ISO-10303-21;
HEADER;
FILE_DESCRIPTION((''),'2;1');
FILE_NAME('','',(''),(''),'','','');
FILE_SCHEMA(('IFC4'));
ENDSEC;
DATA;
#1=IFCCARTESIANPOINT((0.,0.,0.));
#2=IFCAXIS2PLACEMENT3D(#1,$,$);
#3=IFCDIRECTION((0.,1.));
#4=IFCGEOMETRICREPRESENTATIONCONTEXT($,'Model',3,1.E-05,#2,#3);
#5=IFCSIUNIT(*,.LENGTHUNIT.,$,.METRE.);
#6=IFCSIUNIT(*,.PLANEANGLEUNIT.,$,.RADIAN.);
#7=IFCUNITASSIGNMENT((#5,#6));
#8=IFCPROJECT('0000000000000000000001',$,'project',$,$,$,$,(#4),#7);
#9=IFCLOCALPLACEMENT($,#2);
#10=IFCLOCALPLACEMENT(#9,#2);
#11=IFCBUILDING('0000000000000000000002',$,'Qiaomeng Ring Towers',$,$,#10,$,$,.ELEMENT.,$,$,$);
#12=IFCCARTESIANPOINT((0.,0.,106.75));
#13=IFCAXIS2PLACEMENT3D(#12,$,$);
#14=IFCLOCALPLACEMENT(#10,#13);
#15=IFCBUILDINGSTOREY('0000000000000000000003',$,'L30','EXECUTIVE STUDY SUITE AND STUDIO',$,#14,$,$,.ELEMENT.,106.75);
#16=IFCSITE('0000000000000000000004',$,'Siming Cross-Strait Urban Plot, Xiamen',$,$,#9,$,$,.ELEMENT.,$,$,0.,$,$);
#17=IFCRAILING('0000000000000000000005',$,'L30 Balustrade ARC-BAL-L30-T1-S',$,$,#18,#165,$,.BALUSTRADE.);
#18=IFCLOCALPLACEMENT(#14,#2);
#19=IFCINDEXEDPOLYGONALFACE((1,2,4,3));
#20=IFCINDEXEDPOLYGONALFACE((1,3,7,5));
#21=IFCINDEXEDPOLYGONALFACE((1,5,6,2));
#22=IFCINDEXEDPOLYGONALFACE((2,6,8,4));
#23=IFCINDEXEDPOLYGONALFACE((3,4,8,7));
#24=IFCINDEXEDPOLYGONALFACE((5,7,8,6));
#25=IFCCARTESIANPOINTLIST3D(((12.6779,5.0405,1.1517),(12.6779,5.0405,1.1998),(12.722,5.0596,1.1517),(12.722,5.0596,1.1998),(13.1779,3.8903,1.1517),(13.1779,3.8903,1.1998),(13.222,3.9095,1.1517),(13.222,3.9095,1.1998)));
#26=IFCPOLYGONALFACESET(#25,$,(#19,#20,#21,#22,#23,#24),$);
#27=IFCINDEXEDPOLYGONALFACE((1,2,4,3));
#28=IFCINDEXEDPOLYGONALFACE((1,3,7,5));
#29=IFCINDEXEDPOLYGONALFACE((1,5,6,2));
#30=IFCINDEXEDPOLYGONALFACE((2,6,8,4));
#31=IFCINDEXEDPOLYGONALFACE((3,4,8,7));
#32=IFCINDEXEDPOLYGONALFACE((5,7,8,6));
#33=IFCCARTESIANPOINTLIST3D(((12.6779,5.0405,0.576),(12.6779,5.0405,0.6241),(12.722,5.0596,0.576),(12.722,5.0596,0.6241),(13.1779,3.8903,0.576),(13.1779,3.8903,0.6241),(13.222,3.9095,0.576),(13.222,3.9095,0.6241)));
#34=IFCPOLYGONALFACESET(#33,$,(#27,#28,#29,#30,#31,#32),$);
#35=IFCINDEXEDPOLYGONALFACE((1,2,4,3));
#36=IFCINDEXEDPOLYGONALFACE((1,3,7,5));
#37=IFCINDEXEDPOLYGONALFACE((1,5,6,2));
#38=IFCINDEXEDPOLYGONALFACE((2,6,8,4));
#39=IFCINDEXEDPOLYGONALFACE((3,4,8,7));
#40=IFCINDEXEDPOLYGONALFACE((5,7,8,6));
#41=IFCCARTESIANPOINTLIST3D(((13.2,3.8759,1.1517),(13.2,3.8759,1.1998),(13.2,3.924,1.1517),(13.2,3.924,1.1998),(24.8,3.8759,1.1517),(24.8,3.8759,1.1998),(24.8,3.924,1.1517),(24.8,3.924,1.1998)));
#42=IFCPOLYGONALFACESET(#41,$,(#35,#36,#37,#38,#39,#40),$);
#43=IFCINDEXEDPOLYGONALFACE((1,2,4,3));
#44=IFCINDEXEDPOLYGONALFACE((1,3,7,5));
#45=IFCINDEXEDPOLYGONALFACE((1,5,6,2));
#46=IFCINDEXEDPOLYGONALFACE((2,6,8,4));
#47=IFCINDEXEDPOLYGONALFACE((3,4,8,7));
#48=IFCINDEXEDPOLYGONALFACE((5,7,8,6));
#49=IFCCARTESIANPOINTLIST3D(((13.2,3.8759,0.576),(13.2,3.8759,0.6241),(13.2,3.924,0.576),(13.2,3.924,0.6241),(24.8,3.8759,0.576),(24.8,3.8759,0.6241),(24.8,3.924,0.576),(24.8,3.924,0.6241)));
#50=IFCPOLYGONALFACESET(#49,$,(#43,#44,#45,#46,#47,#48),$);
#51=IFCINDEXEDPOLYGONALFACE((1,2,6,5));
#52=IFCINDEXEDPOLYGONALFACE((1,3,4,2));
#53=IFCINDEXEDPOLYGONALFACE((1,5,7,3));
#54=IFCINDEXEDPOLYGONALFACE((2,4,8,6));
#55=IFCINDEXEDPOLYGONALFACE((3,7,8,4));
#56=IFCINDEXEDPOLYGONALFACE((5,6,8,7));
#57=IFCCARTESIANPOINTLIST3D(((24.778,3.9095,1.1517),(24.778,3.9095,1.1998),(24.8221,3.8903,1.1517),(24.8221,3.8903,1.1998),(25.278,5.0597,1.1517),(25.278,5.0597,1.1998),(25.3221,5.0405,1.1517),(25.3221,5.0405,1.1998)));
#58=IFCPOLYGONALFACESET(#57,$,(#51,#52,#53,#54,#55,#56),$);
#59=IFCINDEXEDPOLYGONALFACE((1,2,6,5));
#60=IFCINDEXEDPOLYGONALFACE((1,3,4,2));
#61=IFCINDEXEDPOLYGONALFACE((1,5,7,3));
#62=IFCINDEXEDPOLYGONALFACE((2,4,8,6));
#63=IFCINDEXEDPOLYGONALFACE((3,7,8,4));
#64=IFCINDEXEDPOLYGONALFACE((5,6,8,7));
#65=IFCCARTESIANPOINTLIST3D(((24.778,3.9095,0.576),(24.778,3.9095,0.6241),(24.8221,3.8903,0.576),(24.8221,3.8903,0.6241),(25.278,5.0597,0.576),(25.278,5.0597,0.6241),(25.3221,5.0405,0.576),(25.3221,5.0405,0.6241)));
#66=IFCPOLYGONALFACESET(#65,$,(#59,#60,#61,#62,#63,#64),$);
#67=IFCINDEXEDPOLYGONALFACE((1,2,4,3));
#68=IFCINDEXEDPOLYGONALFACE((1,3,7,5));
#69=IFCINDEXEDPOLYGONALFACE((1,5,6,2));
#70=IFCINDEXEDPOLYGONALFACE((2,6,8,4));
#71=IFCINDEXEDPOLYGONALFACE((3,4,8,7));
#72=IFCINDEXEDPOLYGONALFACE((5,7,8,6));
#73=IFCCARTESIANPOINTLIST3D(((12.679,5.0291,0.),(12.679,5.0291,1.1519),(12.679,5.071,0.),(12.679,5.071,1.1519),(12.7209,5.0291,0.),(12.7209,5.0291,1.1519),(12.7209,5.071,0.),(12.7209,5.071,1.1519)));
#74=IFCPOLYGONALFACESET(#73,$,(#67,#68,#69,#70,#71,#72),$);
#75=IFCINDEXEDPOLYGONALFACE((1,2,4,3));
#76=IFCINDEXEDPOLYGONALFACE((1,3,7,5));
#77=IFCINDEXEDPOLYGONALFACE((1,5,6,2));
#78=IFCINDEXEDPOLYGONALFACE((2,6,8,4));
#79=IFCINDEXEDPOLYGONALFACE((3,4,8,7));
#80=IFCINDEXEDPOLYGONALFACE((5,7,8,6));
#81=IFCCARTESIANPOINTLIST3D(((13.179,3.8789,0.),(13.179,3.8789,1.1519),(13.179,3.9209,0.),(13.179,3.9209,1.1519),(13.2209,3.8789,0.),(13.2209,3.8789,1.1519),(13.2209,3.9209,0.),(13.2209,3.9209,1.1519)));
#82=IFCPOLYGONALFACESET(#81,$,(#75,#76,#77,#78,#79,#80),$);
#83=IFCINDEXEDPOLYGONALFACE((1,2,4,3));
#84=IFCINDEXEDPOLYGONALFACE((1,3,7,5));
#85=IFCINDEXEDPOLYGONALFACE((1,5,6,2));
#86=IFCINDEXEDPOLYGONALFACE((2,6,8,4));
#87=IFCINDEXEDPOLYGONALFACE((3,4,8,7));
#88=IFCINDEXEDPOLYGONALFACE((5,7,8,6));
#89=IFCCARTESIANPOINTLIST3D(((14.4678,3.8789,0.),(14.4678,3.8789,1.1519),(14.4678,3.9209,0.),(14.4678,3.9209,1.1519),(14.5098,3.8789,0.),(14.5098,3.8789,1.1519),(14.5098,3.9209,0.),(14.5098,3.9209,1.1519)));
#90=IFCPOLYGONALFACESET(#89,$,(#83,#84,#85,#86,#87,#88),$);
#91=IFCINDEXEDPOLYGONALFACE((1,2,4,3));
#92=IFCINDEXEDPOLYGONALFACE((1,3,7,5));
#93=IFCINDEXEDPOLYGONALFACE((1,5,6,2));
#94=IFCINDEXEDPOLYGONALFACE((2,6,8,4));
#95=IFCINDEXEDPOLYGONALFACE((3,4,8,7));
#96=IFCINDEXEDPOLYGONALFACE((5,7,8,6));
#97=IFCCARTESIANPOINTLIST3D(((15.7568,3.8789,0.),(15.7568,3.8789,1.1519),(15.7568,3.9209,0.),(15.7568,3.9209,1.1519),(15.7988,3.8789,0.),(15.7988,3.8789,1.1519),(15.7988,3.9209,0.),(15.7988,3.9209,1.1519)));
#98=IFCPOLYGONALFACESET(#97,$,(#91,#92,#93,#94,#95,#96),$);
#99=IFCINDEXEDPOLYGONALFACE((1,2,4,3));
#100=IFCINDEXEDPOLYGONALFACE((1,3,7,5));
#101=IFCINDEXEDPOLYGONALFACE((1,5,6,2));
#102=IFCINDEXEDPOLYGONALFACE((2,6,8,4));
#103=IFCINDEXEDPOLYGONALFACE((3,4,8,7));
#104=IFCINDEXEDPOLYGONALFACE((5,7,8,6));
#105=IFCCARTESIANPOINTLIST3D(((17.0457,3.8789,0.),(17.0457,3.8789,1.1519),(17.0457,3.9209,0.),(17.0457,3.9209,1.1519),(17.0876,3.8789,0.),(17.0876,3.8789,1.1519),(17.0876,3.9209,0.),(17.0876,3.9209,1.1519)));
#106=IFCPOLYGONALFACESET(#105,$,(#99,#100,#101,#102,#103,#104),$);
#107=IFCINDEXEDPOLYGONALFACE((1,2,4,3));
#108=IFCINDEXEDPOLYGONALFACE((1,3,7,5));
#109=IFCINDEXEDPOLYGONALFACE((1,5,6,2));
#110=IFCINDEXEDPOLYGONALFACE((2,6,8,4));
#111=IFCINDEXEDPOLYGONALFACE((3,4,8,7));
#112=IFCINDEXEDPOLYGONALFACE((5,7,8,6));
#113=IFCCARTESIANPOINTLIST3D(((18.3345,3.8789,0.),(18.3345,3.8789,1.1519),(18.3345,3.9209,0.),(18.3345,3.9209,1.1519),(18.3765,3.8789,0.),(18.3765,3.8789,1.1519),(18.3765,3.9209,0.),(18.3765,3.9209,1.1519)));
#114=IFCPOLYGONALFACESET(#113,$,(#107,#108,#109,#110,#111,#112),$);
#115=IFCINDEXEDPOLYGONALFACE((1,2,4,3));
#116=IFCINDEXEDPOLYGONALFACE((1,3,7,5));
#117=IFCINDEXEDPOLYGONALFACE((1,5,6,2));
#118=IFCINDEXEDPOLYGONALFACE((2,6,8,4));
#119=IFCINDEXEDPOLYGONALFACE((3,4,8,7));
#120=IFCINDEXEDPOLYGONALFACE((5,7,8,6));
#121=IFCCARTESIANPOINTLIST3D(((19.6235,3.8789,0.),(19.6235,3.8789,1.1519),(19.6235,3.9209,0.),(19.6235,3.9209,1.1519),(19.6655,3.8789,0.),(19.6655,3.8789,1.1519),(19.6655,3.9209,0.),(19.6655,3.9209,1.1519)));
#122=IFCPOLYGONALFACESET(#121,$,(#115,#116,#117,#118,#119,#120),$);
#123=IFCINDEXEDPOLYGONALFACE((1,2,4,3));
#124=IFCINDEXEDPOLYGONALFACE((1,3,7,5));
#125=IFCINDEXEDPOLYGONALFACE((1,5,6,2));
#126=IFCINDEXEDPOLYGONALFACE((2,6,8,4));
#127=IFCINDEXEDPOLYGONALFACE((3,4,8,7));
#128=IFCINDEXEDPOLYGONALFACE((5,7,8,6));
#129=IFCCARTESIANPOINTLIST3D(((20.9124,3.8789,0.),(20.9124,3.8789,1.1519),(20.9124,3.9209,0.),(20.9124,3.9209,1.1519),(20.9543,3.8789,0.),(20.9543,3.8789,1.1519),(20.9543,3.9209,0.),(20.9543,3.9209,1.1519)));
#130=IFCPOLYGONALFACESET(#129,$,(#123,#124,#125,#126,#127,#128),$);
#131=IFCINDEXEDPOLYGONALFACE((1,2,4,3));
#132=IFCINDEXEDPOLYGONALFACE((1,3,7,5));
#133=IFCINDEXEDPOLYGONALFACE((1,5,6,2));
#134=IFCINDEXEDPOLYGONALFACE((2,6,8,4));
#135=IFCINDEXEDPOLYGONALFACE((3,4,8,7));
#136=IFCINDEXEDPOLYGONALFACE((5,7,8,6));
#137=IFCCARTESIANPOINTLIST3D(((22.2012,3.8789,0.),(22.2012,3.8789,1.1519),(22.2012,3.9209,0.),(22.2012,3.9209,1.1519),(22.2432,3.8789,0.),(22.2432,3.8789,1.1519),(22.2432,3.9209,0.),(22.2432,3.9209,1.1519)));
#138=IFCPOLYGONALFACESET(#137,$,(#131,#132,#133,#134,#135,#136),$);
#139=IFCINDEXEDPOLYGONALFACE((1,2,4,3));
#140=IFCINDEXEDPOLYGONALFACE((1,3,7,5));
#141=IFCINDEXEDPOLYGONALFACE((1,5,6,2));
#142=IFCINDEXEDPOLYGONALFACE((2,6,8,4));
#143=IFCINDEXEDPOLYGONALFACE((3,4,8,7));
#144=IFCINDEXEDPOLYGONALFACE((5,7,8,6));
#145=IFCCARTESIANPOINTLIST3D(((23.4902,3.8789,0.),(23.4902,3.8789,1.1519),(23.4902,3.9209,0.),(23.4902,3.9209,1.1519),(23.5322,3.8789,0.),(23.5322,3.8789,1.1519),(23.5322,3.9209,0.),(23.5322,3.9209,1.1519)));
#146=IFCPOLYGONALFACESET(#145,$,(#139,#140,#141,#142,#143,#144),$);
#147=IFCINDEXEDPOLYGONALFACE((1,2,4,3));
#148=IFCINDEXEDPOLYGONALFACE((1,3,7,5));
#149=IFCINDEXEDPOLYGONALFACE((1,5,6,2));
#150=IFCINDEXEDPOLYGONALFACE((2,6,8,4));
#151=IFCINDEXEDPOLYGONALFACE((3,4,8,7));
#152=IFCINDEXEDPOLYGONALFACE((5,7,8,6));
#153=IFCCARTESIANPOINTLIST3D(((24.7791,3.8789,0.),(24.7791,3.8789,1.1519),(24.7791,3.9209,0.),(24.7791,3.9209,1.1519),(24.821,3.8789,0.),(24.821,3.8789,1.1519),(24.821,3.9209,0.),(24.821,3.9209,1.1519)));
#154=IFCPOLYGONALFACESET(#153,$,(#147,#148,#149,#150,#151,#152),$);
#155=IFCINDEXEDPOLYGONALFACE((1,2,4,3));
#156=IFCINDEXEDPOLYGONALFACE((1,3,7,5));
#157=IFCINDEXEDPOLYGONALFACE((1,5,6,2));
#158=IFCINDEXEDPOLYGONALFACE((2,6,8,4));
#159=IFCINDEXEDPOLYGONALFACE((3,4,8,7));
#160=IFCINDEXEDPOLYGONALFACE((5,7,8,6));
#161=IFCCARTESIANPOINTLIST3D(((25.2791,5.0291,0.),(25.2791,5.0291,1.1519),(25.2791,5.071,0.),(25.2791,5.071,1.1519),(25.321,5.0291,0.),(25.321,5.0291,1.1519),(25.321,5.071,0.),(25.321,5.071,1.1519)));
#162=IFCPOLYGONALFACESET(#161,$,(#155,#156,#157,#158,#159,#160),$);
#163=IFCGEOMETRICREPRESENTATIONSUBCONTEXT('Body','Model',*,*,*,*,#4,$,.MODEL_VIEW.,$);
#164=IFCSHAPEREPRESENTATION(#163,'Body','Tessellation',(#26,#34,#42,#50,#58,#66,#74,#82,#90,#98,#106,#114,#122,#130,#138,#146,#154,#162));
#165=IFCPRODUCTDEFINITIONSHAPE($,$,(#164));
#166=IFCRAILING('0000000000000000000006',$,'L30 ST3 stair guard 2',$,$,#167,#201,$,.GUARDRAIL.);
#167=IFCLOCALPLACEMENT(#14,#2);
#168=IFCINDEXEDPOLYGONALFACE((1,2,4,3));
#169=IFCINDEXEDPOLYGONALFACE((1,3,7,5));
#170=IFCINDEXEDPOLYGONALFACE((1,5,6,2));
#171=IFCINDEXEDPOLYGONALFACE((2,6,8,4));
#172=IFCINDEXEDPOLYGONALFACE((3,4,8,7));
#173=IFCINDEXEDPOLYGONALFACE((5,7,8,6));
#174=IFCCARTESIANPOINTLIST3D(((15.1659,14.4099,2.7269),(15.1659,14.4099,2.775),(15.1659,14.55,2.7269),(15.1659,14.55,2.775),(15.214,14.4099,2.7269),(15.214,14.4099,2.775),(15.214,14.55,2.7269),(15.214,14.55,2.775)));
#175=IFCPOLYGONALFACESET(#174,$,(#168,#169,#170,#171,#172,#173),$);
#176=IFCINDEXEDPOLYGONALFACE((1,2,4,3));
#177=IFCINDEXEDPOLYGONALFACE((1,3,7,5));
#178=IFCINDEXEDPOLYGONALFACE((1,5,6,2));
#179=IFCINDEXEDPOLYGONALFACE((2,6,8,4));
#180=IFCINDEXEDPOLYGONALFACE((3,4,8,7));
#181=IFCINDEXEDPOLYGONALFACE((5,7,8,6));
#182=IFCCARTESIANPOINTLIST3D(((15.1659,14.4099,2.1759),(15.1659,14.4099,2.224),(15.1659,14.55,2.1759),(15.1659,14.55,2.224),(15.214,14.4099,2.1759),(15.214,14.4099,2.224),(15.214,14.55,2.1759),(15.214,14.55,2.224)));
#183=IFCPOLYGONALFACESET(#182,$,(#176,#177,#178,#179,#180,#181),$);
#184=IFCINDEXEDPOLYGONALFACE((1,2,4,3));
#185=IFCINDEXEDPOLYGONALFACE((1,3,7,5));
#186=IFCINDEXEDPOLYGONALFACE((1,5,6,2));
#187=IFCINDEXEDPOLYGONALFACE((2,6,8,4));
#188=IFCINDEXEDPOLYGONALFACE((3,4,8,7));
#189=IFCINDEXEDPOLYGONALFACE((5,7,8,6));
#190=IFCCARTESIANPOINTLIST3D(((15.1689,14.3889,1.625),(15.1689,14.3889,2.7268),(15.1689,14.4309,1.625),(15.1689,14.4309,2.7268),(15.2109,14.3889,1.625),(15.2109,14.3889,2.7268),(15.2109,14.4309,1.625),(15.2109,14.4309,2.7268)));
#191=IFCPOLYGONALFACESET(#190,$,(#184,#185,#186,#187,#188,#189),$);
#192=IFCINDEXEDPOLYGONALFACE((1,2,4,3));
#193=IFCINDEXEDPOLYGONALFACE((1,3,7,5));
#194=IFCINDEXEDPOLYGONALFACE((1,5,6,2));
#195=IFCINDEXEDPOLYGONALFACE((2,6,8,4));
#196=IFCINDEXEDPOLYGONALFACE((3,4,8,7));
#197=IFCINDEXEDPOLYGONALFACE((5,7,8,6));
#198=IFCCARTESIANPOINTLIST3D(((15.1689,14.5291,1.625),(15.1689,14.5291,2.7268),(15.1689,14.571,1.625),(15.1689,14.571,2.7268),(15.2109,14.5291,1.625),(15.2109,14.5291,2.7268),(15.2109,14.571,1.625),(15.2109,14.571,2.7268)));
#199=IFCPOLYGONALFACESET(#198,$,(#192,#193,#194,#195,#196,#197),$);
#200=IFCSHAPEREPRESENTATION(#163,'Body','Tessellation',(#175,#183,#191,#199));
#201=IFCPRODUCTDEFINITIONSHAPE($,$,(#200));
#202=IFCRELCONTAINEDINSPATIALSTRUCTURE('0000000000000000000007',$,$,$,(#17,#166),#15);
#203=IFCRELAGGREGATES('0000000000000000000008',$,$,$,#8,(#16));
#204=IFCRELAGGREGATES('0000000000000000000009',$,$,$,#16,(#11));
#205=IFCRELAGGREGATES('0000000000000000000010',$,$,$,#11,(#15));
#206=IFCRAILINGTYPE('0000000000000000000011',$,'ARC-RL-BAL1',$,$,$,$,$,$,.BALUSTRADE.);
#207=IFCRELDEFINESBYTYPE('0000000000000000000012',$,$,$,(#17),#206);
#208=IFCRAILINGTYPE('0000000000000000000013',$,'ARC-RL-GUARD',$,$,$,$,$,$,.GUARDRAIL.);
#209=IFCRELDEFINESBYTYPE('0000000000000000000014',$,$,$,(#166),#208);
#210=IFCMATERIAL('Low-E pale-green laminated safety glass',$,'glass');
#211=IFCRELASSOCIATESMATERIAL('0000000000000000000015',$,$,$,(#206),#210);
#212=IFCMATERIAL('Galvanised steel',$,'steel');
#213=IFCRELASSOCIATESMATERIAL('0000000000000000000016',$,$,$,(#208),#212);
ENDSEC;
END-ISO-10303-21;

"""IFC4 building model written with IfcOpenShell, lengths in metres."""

from ifc_helpers import new_model, si_unit, direction, frame, origin, origin_2d, place, context, subcontext, project, spatial, rectangle, extrude, material, type_object, element, save


model = new_model("IFC4")

# Units and contexts
model_context = context("Model", 3, precision=1e-05, world=origin(), true_north=direction((0.0, 1.0)))
body_context = subcontext(model_context, "Body", "Model", "MODEL_VIEW")
ifc_project = project(units=[si_unit("LENGTHUNIT", "METRE"), si_unit("PLANEANGLEUNIT", "RADIAN")], contexts=[model_context])

# Site, building, storey
site_placement = place(None, origin())
site = spatial("IfcSite", under=ifc_project, at=site_placement, Name="Siming Cross-Strait Urban Plot, Xiamen", CompositionType="ELEMENT", RefElevation=0.0)
building_placement = place(site_placement, origin())
building = spatial("IfcBuilding", under=site, at=building_placement, Name="Qiaomeng Ring Towers", CompositionType="ELEMENT")
storey_placement = place(building_placement, frame((0.0, 0.0, 106.75)))
storey = spatial("IfcBuildingStorey", under=building, at=storey_placement, Name="L30", Description="EXECUTIVE STUDY SUITE AND STUDIO", CompositionType="ELEMENT", Elevation=106.75)

# Shared definitions
ifc_material_1 = material(Name="Galvanised steel", Category="steel")

# Railings
ifc_material_2 = material(Name="Low-E pale-green laminated safety glass", Category="glass")
railing_type_1 = type_object("IfcRailingType", Name="ARC-RL-BAL1", PredefinedType="BALUSTRADE", material=ifc_material_2)
railing_1_placement = place(storey_placement, frame((12.7, 5.05, 0.0)))
element("IfcRailing", 1, at=railing_1_placement, inside=storey, type_object=railing_type_1, Name="L30 Balustrade ARC-BAL-L30-T1-S", PredefinedType="BALUSTRADE", context=body_context, shape_type="SweptSolid", body=[
    extrude(rectangle(XDim=0.0481, YDim=0.0481, at=origin_2d()), frame((0.0, 0.0, 1.1758), z_axis=(0.398683, -0.917089, 0.0), x_axis=(0.917089, 0.398683, 0.0)), (0.0, 0.0, 1.0), 1.2542),
    extrude(rectangle(XDim=0.0481, YDim=0.0481, at=origin_2d()), frame((0.0, 0.0, 0.6001), z_axis=(0.398683, -0.917089, 0.0), x_axis=(0.917089, 0.398683, 0.0)), (0.0, 0.0, 1.0), 1.2542),
    extrude(rectangle(XDim=0.0481, YDim=0.0481, at=origin_2d()), frame((0.5, -1.1501, 1.1758), z_axis=(1.0, 0.0, 0.0), x_axis=(0.0, 1.0, 0.0)), (0.0, 0.0, 1.0), 11.6001),
    extrude(rectangle(XDim=0.0481, YDim=0.0481, at=origin_2d()), frame((0.5, -1.1501, 0.6001), z_axis=(1.0, 0.0, 0.0), x_axis=(0.0, 1.0, 0.0)), (0.0, 0.0, 1.0), 11.6001),
    extrude(rectangle(XDim=0.0481, YDim=0.0481, at=origin_2d()), frame((12.1001, -1.1501, 1.1758), z_axis=(0.398683, 0.917089, 0.0), x_axis=(-0.917089, 0.398683, 0.0)), (0.0, 0.0, 1.0), 1.2542),
    extrude(rectangle(XDim=0.0481, YDim=0.0481, at=origin_2d()), frame((12.1001, -1.1501, 0.6001), z_axis=(0.398683, 0.917089, 0.0), x_axis=(-0.917089, 0.398683, 0.0)), (0.0, 0.0, 1.0), 1.2542),
    extrude(rectangle(XDim=0.042, YDim=0.042, at=origin_2d()), origin(), (0.0, 0.0, 1.0), 1.1519),
    extrude(rectangle(XDim=0.042, YDim=0.042, at=origin_2d()), frame((0.5, -1.1501, 0.0)), (0.0, 0.0, 1.0), 1.1519),
    extrude(rectangle(XDim=0.042, YDim=0.042, at=origin_2d()), frame((1.7888, -1.1501, 0.0)), (0.0, 0.0, 1.0), 1.1519),
    extrude(rectangle(XDim=0.042, YDim=0.042, at=origin_2d()), frame((3.0779, -1.1501, 0.0)), (0.0, 0.0, 1.0), 1.1519),
    extrude(rectangle(XDim=0.042, YDim=0.042, at=origin_2d()), frame((4.3667, -1.1501, 0.0)), (0.0, 0.0, 1.0), 1.1519),
    extrude(rectangle(XDim=0.042, YDim=0.042, at=origin_2d()), frame((5.6555, -1.1501, 0.0)), (0.0, 0.0, 1.0), 1.1519),
    extrude(rectangle(XDim=0.042, YDim=0.042, at=origin_2d()), frame((6.9446, -1.1501, 0.0)), (0.0, 0.0, 1.0), 1.1519),
    extrude(rectangle(XDim=0.042, YDim=0.042, at=origin_2d()), frame((8.2334, -1.1501, 0.0)), (0.0, 0.0, 1.0), 1.1519),
    extrude(rectangle(XDim=0.042, YDim=0.042, at=origin_2d()), frame((9.5222, -1.1501, 0.0)), (0.0, 0.0, 1.0), 1.1519),
    extrude(rectangle(XDim=0.042, YDim=0.042, at=origin_2d()), frame((10.8113, -1.1501, 0.0)), (0.0, 0.0, 1.0), 1.1519),
    extrude(rectangle(XDim=0.042, YDim=0.042, at=origin_2d()), frame((12.1001, -1.1501, 0.0)), (0.0, 0.0, 1.0), 1.1519),
    extrude(rectangle(XDim=0.042, YDim=0.042, at=origin_2d()), frame((12.6001, 0.0, 0.0)), (0.0, 0.0, 1.0), 1.1519),
])
railing_type_2 = type_object("IfcRailingType", Name="ARC-RL-GUARD", PredefinedType="GUARDRAIL", material=ifc_material_1)
railing_2_placement = place(storey_placement, frame((15.1899, 14.4099, 1.625)))
element("IfcRailing", 2, at=railing_2_placement, inside=storey, type_object=railing_type_2, Name="L30 ST3 stair guard 2", PredefinedType="GUARDRAIL", context=body_context, shape_type="SweptSolid", body=[
    extrude(rectangle(XDim=0.0481, YDim=0.0481, at=origin_2d()), frame((0.0, 0.0, 1.126), z_axis=(0.0, 1.0, 0.0), x_axis=(-1.0, 0.0, 0.0)), (0.0, 0.0, 1.0), 0.1401),
    extrude(rectangle(XDim=0.0481, YDim=0.0481, at=origin_2d()), frame((0.0, 0.0, 0.575), z_axis=(0.0, 1.0, 0.0), x_axis=(-1.0, 0.0, 0.0)), (0.0, 0.0, 1.0), 0.1401),
    extrude(rectangle(XDim=0.042, YDim=0.042, at=origin_2d()), origin(), (0.0, 0.0, 1.0), 1.1018),
    extrude(rectangle(XDim=0.042, YDim=0.042, at=origin_2d()), frame((0.0, 0.1401, 0.0)), (0.0, 0.0, 1.0), 1.1018),
])

save(model, "model.ifc")
